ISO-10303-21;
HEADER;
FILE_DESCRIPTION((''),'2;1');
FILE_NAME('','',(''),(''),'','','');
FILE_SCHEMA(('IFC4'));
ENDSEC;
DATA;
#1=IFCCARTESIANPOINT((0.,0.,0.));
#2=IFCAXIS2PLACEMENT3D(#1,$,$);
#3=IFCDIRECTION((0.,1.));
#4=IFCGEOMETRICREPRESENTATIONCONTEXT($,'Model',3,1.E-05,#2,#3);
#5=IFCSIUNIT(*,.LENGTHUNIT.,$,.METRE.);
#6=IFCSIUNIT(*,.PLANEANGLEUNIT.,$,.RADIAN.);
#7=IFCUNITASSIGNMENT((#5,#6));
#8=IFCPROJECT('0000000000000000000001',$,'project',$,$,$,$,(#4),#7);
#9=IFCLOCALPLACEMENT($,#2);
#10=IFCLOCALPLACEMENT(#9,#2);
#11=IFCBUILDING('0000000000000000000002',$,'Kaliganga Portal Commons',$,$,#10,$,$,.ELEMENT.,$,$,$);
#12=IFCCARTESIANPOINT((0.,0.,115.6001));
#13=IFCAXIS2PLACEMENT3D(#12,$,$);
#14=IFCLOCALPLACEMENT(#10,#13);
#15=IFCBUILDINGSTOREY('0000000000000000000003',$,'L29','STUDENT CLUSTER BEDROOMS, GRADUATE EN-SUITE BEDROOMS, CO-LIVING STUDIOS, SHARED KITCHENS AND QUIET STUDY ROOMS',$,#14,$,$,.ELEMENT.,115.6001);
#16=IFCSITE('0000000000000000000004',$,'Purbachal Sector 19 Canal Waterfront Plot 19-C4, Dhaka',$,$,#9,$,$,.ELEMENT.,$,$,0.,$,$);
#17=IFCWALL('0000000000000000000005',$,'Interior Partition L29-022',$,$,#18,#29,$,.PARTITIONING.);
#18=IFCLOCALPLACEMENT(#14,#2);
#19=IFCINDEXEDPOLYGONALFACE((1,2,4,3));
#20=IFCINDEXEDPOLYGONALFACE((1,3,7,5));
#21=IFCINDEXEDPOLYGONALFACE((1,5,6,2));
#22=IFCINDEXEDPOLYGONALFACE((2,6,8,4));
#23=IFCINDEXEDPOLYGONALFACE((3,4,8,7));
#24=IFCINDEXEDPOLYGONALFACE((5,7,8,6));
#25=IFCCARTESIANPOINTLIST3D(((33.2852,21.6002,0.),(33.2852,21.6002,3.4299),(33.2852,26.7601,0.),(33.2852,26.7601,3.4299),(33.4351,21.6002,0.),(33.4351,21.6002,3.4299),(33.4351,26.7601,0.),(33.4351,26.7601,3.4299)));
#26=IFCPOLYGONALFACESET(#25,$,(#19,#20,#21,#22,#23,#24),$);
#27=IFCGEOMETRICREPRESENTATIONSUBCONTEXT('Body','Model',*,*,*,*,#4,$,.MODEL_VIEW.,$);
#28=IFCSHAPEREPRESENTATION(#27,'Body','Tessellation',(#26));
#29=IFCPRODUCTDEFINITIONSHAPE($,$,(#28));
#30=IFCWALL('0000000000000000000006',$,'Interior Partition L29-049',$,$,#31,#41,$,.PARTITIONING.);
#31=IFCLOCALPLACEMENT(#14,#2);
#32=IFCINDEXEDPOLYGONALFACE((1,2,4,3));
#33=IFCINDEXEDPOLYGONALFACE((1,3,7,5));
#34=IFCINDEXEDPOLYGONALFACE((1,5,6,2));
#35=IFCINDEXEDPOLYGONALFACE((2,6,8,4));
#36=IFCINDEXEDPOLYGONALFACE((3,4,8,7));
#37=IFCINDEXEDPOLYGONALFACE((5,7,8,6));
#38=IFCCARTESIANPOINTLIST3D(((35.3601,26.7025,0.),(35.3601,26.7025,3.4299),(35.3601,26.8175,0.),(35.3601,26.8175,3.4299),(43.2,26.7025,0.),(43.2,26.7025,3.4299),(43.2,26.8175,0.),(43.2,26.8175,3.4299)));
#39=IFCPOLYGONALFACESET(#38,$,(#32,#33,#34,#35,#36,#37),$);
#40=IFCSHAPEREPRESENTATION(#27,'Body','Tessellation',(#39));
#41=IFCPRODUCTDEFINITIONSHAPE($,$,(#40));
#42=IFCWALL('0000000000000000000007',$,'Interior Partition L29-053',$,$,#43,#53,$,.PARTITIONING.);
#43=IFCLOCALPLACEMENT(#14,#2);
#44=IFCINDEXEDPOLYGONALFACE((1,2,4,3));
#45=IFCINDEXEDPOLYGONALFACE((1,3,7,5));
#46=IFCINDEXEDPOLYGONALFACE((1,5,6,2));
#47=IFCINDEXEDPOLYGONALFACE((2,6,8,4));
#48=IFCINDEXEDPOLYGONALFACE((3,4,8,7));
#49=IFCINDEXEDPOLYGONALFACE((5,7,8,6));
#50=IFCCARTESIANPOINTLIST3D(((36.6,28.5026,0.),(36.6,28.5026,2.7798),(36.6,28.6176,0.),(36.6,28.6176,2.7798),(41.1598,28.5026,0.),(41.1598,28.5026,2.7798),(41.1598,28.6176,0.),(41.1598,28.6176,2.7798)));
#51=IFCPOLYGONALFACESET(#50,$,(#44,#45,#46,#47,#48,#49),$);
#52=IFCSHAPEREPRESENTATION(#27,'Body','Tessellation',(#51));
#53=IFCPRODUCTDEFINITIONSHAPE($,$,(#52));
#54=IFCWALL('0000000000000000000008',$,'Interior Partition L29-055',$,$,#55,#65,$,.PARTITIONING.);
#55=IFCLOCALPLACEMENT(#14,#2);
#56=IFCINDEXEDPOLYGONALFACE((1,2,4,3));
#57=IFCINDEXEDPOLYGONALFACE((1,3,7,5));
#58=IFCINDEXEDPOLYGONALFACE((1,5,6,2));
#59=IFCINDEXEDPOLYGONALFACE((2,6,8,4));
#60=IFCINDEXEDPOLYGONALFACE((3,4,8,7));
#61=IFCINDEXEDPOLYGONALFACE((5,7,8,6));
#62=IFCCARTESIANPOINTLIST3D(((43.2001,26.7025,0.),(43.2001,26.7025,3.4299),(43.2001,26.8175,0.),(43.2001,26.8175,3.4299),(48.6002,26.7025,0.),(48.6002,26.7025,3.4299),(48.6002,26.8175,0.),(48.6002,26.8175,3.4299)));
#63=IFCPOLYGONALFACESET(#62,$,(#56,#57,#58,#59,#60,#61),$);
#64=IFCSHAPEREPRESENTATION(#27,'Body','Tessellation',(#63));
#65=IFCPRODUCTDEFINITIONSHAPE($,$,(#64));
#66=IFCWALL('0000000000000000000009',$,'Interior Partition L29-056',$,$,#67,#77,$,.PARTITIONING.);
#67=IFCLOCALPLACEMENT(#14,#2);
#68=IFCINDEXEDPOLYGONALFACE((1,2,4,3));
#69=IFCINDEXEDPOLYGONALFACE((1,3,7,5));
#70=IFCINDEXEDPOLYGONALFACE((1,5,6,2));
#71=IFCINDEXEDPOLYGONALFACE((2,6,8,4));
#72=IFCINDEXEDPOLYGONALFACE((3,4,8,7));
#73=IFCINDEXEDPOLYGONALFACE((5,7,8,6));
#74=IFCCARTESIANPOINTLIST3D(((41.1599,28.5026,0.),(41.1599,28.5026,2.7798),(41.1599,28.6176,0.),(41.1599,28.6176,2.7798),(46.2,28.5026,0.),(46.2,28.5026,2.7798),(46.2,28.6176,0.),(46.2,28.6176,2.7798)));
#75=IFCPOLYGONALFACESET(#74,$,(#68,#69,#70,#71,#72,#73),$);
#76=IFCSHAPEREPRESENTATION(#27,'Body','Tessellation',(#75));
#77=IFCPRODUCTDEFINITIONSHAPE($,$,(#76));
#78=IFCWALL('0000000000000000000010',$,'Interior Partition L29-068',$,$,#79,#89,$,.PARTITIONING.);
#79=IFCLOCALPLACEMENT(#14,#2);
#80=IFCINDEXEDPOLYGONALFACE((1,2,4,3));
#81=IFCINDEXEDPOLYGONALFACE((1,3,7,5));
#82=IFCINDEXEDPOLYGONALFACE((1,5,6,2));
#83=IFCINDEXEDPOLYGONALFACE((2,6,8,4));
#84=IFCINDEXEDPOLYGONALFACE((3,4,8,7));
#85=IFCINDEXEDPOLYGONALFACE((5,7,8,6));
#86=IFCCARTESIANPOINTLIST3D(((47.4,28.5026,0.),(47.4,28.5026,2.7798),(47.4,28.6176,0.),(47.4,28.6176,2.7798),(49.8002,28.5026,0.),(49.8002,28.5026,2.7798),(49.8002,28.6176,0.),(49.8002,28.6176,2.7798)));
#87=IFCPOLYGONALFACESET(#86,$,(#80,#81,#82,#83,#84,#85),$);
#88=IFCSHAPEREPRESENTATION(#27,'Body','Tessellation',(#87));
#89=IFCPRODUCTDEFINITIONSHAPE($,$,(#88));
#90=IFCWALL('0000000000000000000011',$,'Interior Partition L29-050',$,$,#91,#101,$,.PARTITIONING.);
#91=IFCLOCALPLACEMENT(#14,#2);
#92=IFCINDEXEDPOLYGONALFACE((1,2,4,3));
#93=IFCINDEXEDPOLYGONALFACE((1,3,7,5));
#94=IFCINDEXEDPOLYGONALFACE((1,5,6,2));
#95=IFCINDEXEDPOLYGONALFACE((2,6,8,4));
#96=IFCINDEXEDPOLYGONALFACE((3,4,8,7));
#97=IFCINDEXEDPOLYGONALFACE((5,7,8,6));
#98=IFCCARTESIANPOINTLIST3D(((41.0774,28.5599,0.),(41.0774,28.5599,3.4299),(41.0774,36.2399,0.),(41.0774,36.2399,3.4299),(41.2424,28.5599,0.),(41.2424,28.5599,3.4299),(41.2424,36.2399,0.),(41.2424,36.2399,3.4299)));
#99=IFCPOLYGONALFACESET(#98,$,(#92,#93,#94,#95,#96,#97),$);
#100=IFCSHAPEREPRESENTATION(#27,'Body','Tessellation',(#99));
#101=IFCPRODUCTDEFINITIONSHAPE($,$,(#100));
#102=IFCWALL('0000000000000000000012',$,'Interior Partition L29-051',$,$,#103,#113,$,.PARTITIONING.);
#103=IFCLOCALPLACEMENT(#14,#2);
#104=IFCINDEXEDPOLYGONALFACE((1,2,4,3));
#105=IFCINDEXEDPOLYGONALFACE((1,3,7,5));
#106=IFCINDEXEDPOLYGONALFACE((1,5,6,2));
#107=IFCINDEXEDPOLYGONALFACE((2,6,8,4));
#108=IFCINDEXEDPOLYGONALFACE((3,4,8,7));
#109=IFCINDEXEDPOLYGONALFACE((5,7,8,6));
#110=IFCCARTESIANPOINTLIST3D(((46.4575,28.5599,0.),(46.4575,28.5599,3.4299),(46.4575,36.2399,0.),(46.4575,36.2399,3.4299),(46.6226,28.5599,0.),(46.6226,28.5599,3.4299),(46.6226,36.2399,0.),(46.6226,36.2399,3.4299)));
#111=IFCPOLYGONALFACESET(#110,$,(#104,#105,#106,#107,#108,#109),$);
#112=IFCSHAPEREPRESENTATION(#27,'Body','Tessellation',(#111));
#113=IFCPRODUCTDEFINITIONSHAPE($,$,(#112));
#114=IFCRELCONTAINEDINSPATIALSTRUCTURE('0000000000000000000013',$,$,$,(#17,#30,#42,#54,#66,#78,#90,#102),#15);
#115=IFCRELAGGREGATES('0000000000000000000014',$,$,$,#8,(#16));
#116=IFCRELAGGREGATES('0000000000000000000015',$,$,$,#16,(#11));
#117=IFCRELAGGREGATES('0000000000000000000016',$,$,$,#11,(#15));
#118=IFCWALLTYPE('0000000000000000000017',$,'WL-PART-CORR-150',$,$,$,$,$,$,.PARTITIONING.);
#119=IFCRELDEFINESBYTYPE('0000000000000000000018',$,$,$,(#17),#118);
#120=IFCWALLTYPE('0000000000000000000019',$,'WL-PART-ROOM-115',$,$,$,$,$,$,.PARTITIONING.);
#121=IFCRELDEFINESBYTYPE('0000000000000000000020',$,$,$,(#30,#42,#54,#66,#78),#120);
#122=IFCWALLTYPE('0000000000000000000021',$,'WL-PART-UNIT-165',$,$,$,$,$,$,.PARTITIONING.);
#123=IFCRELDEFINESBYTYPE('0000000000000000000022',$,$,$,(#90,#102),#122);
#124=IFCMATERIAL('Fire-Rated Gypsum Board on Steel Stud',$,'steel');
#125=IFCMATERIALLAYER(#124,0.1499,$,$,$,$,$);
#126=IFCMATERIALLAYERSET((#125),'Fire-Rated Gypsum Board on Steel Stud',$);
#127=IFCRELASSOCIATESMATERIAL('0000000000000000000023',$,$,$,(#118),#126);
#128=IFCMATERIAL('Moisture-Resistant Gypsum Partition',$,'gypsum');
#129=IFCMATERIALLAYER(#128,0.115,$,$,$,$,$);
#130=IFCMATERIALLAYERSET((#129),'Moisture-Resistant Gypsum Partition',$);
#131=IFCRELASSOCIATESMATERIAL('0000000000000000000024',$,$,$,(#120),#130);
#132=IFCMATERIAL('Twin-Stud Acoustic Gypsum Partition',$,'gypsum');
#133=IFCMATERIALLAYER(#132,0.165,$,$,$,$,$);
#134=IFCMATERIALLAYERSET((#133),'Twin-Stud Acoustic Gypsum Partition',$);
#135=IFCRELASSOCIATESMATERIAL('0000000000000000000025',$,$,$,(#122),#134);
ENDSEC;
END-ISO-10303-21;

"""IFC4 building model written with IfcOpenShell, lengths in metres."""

from ifc_helpers import new_model, si_unit, direction, frame, frame_2d, origin, place, context, subcontext, project, spatial, rectangle, extrude, material, layer, layer_set, type_object, element, save


model = new_model("IFC4")

# Units and contexts
model_context = context("Model", 3, precision=1e-05, world=origin(), true_north=direction((0.0, 1.0)))
body_context = subcontext(model_context, "Body", "Model", "MODEL_VIEW")
ifc_project = project(units=[si_unit("LENGTHUNIT", "METRE"), si_unit("PLANEANGLEUNIT", "RADIAN")], contexts=[model_context])

# Site, building, storey
site_placement = place(None, origin())
site = spatial("IfcSite", under=ifc_project, at=site_placement, Name="Purbachal Sector 19 Canal Waterfront Plot 19-C4, Dhaka", CompositionType="ELEMENT", RefElevation=0.0)
building_placement = place(site_placement, origin())
building = spatial("IfcBuilding", under=site, at=building_placement, Name="Kaliganga Portal Commons", CompositionType="ELEMENT")
storey_placement = place(building_placement, frame((0.0, 0.0, 115.6001)))
storey = spatial("IfcBuildingStorey", under=building, at=storey_placement, Name="L29", Description="STUDENT CLUSTER BEDROOMS, GRADUATE EN-SUITE BEDROOMS, CO-LIVING STUDIOS, SHARED KITCHENS AND QUIET STUDY ROOMS", CompositionType="ELEMENT", Elevation=115.6001)

# Shared definitions
ifc_material_1 = material(Name="Fire-Rated Gypsum Board on Steel Stud", Category="steel")
ifc_layer_1 = layer(ifc_material_1, 0.1499)
ifc_layer_set_1 = layer_set([ifc_layer_1], Name="Fire-Rated Gypsum Board on Steel Stud")
wall_type_1 = type_object("IfcWallType", Name="WL-PART-CORR-150", PredefinedType="PARTITIONING", material=ifc_layer_set_1)

# Wall
wall_1_placement = place(storey_placement, frame((33.3601, 21.6001, 0.0), z_axis=(0.0, 0.0, 1.0), x_axis=(0.0, 1.0, 0.0)))
element("IfcWall", 1, at=wall_1_placement, inside=storey, type_object=wall_type_1, Name="Interior Partition L29-022", PredefinedType="PARTITIONING", context=body_context, shape_type="SweptSolid", body=[
    extrude(rectangle(XDim=5.1599, YDim=0.1499, at=frame_2d((2.5801, 0.0))), origin(), (0.0, 0.0, 1.0), 3.4299),
])

# Walls
ifc_material_2 = material(Name="Moisture-Resistant Gypsum Partition", Category="gypsum")
ifc_layer_2 = layer(ifc_material_2, 0.115)
ifc_layer_set_2 = layer_set([ifc_layer_2], Name="Moisture-Resistant Gypsum Partition")
wall_type_2 = type_object("IfcWallType", Name="WL-PART-ROOM-115", PredefinedType="PARTITIONING", material=ifc_layer_set_2)
wall_2_placement = place(storey_placement, frame((35.3601, 26.76, 0.0), z_axis=(0.0, 0.0, 1.0), x_axis=(1.0, 0.0, 0.0)))
element("IfcWall", 2, at=wall_2_placement, inside=storey, type_object=wall_type_2, Name="Interior Partition L29-049", PredefinedType="PARTITIONING", context=body_context, shape_type="SweptSolid", body=[
    extrude(rectangle(XDim=7.8398, YDim=0.115, at=frame_2d((3.9199, 0.0))), origin(), (0.0, 0.0, 1.0), 3.4299),
])
wall_3_placement = place(storey_placement, frame((36.6001, 28.5601, 0.0), z_axis=(0.0, 0.0, 1.0), x_axis=(1.0, 0.0, 0.0)))
element("IfcWall", 3, at=wall_3_placement, inside=storey, type_object=wall_type_2, Name="Interior Partition L29-053", PredefinedType="PARTITIONING", context=body_context, shape_type="SweptSolid", body=[
    extrude(rectangle(XDim=4.5598, YDim=0.115, at=frame_2d((2.2798, 0.0))), origin(), (0.0, 0.0, 1.0), 2.7798),
])
wall_4_placement = place(storey_placement, frame((43.2, 26.76, 0.0), z_axis=(0.0, 0.0, 1.0), x_axis=(1.0, 0.0, 0.0)))
element("IfcWall", 4, at=wall_4_placement, inside=storey, type_object=wall_type_2, Name="Interior Partition L29-055", PredefinedType="PARTITIONING", context=body_context, shape_type="SweptSolid", body=[
    extrude(rectangle(XDim=5.4001, YDim=0.115, at=frame_2d((2.7002, 0.0))), origin(), (0.0, 0.0, 1.0), 3.4299),
])
wall_5_placement = place(storey_placement, frame((41.1599, 28.5601, 0.0), z_axis=(0.0, 0.0, 1.0), x_axis=(1.0, 0.0, 0.0)))
element("IfcWall", 5, at=wall_5_placement, inside=storey, type_object=wall_type_2, Name="Interior Partition L29-056", PredefinedType="PARTITIONING", context=body_context, shape_type="SweptSolid", body=[
    extrude(rectangle(XDim=5.04, YDim=0.115, at=frame_2d((2.52, 0.0))), origin(), (0.0, 0.0, 1.0), 2.7798),
])
wall_6_placement = place(storey_placement, frame((47.3999, 28.5601, 0.0), z_axis=(0.0, 0.0, 1.0), x_axis=(1.0, 0.0, 0.0)))
element("IfcWall", 6, at=wall_6_placement, inside=storey, type_object=wall_type_2, Name="Interior Partition L29-068", PredefinedType="PARTITIONING", context=body_context, shape_type="SweptSolid", body=[
    extrude(rectangle(XDim=2.4001, YDim=0.115, at=frame_2d((1.2002, 0.0))), origin(), (0.0, 0.0, 1.0), 2.7798),
])
ifc_material_3 = material(Name="Twin-Stud Acoustic Gypsum Partition", Category="gypsum")
ifc_layer_3 = layer(ifc_material_3, 0.165)
ifc_layer_set_3 = layer_set([ifc_layer_3], Name="Twin-Stud Acoustic Gypsum Partition")
wall_type_3 = type_object("IfcWallType", Name="WL-PART-UNIT-165", PredefinedType="PARTITIONING", material=ifc_layer_set_3)
for number, where, z_axis, x_axis, name in (
    (7, (41.1599, 28.5601, 0.0), (0.0, 0.0, 1.0), (0.0, 1.0, 0.0), "Interior Partition L29-050"),
    (8, (46.54, 28.5601, 0.0), (0.0, 0.0, 1.0), (0.0, 1.0, 0.0), "Interior Partition L29-051"),
):
    element("IfcWall", number, at=place(storey_placement, frame(where, z_axis=z_axis, x_axis=x_axis)), inside=storey, type_object=wall_type_3, Name=name, PredefinedType="PARTITIONING", context=body_context, shape_type="SweptSolid", body=[
        extrude(rectangle(XDim=7.6799, YDim=0.165, at=frame_2d((3.8398, 0.0))), origin(), (0.0, 0.0, 1.0), 3.4299),
    ])

save(model, "model.ifc")
